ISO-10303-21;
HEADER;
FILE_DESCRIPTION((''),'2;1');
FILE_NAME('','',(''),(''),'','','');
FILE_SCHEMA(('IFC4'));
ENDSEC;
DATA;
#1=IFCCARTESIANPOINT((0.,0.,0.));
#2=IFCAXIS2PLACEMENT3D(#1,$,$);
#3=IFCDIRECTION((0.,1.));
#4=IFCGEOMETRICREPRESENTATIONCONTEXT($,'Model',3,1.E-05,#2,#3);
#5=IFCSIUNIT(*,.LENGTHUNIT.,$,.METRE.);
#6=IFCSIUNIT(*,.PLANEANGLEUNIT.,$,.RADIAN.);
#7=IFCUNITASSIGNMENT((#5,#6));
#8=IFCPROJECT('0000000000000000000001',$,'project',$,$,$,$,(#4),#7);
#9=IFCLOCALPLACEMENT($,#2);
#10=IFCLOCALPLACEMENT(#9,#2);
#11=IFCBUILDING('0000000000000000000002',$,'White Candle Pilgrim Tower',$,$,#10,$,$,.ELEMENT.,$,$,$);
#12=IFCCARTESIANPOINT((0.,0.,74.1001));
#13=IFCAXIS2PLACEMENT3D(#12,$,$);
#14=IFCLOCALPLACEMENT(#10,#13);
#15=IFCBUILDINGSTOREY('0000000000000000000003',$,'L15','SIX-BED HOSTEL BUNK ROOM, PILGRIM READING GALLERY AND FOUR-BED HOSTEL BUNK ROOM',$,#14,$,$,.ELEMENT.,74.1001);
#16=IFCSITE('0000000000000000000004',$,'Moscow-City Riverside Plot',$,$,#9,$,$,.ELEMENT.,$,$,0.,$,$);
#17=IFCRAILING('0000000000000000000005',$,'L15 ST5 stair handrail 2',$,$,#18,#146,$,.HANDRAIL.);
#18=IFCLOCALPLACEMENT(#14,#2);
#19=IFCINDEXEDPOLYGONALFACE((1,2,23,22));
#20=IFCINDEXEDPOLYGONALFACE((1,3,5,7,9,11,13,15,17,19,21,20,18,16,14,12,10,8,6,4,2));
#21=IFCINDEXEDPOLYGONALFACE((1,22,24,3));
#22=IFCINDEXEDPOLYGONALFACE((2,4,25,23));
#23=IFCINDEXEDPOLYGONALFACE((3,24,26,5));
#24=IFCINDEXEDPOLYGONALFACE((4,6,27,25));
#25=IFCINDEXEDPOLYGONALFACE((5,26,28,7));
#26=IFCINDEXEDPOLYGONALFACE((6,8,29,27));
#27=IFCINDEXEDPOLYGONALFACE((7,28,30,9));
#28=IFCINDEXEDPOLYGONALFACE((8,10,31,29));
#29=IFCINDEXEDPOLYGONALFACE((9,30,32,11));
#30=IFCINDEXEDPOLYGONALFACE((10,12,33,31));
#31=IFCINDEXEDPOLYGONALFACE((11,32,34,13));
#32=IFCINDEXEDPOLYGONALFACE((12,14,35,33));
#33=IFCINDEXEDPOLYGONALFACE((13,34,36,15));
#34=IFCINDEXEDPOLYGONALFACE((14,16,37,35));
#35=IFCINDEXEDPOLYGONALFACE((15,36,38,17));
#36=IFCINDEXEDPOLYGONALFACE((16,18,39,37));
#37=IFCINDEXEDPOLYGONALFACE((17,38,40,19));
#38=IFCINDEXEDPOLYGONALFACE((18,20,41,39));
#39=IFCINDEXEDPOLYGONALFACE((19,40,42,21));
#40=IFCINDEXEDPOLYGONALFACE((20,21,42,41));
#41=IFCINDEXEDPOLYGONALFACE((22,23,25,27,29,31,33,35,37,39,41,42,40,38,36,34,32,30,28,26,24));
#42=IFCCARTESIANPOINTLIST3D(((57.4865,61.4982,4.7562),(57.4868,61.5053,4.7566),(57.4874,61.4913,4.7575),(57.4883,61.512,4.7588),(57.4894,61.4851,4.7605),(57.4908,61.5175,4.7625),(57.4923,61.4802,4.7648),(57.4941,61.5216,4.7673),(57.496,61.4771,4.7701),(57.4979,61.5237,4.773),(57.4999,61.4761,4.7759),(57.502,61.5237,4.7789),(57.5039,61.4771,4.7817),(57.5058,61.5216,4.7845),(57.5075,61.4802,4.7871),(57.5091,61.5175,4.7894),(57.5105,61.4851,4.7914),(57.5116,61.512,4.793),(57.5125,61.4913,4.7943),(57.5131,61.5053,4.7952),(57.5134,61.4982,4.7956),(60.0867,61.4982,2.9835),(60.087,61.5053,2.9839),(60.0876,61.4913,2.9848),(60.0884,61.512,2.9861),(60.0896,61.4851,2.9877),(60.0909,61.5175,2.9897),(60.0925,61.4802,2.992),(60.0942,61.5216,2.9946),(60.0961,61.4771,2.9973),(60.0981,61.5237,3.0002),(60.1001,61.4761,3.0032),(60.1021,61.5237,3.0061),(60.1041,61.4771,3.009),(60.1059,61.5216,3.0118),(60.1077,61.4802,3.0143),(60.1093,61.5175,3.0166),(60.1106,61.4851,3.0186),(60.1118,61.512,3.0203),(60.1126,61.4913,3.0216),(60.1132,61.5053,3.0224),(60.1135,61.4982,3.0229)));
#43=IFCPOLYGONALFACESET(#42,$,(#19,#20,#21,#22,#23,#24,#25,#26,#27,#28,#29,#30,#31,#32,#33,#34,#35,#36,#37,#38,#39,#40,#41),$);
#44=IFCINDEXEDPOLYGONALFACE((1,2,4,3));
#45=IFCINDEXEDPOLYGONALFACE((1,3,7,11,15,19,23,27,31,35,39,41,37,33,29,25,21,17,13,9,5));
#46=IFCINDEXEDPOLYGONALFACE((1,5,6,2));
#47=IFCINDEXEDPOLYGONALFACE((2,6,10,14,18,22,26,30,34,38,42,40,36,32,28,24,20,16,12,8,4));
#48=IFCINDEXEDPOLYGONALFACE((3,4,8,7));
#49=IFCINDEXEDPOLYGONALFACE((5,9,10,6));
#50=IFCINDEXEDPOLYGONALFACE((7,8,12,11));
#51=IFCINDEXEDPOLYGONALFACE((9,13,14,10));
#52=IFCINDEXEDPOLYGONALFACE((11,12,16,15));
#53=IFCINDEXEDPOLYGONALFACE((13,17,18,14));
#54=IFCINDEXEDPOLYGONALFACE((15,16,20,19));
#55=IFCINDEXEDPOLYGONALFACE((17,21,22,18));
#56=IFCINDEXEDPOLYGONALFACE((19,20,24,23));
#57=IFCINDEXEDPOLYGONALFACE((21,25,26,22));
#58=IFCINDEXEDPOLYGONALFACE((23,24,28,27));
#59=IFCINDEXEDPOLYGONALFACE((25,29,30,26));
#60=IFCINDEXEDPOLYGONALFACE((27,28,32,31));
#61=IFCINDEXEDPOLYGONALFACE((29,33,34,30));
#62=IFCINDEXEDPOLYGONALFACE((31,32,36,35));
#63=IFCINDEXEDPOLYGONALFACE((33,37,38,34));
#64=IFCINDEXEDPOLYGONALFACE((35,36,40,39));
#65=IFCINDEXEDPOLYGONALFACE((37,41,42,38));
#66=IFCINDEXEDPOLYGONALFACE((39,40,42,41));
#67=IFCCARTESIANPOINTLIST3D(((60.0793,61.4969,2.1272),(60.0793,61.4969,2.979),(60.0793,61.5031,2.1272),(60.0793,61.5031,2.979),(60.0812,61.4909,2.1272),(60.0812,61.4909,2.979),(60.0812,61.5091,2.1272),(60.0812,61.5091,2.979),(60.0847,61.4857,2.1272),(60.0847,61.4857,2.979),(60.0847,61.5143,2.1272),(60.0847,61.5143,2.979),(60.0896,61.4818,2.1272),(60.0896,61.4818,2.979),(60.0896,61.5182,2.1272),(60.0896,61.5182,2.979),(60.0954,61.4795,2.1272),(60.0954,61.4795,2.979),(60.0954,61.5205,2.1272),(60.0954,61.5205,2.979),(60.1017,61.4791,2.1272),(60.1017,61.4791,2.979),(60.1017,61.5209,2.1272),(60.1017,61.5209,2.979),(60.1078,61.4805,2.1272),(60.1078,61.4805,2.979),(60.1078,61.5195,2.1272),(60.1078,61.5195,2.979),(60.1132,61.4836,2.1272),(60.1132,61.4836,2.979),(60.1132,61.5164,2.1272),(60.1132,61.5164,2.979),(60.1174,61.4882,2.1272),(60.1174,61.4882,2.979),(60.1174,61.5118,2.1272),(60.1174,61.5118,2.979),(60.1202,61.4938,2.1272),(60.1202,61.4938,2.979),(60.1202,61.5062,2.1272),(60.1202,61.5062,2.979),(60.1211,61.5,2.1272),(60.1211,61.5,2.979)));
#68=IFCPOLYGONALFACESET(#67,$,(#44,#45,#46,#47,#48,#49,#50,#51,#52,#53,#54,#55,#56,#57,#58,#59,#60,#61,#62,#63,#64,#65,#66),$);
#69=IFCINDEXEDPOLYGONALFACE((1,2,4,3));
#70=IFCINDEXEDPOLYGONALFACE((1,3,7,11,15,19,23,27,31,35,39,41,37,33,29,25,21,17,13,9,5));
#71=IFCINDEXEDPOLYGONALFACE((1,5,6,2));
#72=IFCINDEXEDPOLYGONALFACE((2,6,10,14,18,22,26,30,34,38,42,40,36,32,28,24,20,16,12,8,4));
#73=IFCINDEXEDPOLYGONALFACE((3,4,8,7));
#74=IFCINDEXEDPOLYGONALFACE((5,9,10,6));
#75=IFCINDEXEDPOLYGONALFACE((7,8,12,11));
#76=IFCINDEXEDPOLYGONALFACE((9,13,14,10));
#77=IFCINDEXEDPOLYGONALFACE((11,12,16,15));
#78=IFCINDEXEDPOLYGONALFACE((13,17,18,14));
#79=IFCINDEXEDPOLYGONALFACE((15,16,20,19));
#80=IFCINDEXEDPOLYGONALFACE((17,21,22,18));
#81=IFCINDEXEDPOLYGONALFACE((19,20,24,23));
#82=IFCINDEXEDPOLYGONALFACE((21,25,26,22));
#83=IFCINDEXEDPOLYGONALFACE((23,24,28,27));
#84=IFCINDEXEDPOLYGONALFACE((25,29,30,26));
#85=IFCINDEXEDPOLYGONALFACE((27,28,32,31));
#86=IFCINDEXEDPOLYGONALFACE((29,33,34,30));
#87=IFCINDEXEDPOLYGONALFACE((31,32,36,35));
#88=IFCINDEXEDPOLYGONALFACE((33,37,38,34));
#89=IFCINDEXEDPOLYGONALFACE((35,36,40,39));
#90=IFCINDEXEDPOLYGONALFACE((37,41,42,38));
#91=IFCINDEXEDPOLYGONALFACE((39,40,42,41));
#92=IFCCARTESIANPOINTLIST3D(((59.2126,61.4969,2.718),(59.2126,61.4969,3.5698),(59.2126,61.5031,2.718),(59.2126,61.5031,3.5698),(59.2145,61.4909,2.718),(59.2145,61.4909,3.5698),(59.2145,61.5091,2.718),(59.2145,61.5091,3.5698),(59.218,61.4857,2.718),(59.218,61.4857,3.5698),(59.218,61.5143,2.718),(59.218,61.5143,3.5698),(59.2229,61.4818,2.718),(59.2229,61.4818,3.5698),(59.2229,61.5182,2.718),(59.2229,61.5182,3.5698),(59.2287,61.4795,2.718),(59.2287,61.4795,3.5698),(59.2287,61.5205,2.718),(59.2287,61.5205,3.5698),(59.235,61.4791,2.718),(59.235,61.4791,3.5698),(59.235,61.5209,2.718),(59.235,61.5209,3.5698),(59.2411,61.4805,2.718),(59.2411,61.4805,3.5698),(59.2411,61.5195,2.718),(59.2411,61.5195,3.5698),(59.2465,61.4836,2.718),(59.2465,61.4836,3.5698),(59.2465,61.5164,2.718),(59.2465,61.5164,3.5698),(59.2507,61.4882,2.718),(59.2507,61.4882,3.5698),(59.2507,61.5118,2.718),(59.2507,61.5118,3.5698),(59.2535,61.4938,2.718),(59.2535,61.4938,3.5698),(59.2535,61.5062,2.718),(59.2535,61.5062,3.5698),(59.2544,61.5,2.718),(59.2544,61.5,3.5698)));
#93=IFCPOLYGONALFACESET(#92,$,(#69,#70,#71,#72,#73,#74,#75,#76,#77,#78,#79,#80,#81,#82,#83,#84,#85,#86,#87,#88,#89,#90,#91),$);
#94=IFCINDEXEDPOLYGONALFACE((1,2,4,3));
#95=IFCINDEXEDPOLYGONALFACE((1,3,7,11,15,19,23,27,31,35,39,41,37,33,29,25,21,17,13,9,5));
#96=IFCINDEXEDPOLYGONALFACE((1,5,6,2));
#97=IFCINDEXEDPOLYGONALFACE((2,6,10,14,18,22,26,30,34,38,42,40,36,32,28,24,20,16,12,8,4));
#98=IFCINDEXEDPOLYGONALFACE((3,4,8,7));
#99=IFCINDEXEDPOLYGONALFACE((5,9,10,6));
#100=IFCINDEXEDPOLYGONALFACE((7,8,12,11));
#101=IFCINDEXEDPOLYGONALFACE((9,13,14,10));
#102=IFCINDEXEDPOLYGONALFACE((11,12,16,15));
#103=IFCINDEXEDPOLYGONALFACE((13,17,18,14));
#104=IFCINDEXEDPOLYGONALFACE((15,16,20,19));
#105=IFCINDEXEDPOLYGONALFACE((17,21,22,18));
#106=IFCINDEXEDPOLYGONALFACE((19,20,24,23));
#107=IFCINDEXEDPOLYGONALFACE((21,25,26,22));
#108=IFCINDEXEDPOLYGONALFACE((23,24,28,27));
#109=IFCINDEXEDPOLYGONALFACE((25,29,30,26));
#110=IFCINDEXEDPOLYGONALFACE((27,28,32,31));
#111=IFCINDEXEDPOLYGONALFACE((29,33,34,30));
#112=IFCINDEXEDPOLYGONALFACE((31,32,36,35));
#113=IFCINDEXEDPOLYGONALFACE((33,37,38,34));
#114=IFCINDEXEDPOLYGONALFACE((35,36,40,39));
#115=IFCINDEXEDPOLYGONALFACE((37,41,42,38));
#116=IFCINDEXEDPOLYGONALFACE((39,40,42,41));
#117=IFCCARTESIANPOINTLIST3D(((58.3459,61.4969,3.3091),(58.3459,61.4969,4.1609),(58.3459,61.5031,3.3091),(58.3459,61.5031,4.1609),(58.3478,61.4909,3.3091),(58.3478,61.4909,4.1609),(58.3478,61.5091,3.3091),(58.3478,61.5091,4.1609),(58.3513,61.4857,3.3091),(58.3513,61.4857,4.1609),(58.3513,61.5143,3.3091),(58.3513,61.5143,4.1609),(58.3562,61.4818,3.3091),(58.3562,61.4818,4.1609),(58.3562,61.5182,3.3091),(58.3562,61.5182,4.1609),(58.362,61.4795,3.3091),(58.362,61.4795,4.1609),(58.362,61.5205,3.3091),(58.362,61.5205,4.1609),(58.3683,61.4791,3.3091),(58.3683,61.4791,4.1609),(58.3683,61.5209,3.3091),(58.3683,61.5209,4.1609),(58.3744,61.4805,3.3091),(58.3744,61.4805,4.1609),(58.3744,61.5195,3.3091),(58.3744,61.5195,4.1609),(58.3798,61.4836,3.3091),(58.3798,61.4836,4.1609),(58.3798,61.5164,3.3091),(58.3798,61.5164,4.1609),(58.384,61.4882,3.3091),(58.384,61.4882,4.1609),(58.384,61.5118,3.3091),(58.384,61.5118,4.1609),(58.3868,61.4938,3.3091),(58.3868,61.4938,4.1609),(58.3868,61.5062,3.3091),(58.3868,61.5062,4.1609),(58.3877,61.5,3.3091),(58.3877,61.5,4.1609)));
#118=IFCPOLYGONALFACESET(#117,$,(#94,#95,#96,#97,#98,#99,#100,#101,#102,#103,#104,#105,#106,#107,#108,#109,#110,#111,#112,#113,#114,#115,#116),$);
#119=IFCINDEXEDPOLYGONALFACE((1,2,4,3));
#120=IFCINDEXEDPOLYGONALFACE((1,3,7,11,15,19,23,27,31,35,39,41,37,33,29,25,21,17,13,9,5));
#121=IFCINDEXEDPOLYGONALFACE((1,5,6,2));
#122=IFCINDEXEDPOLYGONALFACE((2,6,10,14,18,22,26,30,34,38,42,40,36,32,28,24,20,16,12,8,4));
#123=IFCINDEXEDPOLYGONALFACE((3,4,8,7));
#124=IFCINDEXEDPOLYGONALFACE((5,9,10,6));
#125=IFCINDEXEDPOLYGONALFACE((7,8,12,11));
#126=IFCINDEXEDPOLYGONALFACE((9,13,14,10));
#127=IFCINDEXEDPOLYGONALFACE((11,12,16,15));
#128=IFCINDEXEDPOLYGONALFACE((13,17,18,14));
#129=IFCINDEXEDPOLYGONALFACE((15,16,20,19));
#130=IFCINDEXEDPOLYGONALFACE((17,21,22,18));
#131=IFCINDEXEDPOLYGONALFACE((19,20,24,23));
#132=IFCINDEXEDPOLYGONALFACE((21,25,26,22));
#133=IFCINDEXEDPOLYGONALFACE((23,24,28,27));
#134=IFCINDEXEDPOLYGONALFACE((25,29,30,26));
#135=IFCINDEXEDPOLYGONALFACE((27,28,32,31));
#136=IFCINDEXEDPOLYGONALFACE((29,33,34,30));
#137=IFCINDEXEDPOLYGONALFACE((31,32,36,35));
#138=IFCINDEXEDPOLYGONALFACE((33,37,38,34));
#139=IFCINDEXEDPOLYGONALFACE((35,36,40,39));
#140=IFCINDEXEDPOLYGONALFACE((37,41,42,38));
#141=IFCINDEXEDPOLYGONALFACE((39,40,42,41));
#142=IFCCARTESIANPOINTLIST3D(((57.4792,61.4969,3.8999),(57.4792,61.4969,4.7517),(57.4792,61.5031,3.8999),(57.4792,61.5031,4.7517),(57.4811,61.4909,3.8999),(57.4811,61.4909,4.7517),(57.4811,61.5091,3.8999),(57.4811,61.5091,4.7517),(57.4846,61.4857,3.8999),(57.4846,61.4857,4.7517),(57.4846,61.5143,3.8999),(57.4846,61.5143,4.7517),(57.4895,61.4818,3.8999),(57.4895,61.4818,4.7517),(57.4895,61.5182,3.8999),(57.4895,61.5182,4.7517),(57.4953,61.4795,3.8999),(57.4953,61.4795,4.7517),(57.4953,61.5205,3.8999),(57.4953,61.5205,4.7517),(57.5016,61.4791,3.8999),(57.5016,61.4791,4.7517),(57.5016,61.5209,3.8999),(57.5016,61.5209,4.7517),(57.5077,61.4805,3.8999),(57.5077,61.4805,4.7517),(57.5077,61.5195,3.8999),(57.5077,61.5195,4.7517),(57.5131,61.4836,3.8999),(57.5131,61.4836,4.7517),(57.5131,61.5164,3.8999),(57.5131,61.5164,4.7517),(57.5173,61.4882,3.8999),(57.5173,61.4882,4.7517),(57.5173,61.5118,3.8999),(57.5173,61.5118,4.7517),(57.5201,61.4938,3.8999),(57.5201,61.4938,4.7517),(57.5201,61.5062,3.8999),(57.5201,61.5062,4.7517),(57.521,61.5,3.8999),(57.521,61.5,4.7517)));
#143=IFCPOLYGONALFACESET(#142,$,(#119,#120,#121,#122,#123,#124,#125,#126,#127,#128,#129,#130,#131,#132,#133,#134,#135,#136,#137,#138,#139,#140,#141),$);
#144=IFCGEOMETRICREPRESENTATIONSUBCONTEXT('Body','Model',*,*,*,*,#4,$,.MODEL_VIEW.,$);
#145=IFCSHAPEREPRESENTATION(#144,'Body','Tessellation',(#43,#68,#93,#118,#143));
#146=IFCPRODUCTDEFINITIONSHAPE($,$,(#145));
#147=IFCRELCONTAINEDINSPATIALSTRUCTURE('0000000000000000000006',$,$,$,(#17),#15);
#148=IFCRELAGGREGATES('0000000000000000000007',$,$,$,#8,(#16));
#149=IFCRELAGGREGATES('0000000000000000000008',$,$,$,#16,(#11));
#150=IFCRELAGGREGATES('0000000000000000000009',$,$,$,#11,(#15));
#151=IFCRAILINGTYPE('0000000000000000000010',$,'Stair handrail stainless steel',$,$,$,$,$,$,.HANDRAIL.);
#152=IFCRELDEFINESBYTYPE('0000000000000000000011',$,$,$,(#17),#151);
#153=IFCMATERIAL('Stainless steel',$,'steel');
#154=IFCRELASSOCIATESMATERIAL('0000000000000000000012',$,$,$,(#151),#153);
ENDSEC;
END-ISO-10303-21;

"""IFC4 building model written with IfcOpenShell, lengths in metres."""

from ifc_helpers import new_model, si_unit, direction, frame, origin, origin_2d, place, context, subcontext, project, spatial, circle, extrude, material, type_object, element, save


model = new_model("IFC4")

# Units and contexts
model_context = context("Model", 3, precision=1e-05, world=origin(), true_north=direction((0.0, 1.0)))
body_context = subcontext(model_context, "Body", "Model", "MODEL_VIEW")
ifc_project = project(units=[si_unit("LENGTHUNIT", "METRE"), si_unit("PLANEANGLEUNIT", "RADIAN")], contexts=[model_context])

# Site, building, storey
site_placement = place(None, origin())
site = spatial("IfcSite", under=ifc_project, at=site_placement, Name="Moscow-City Riverside Plot", CompositionType="ELEMENT", RefElevation=0.0)
building_placement = place(site_placement, origin())
building = spatial("IfcBuilding", under=site, at=building_placement, Name="White Candle Pilgrim Tower", CompositionType="ELEMENT")
storey_placement = place(building_placement, frame((0.0, 0.0, 74.1001)))
storey = spatial("IfcBuildingStorey", under=building, at=storey_placement, Name="L15", Description="SIX-BED HOSTEL BUNK ROOM, PILGRIM READING GALLERY AND FOUR-BED HOSTEL BUNK ROOM", CompositionType="ELEMENT", Elevation=74.1001)

# Shared definitions
ifc_material_1 = material(Name="Stainless steel", Category="steel")

# Railing
railing_type_1 = type_object("IfcRailingType", Name="Stair handrail stainless steel", PredefinedType="HANDRAIL", material=ifc_material_1)
railing_1_placement = place(storey_placement, frame((60.1001, 61.5, 2.1272)))
element("IfcRailing", 1, at=railing_1_placement, inside=storey, type_object=railing_type_1, Name="L15 ST5 stair handrail 2", PredefinedType="HANDRAIL", context=body_context, shape_type="SweptSolid", body=[
    extrude(circle(Radius=0.0239, at=origin_2d()), frame((0.0, 0.0, 0.876), z_axis=(-0.82624, 0.0, 0.563318), x_axis=(0.0, -1.0, 0.0)), (0.0, 0.0, 1.0), 3.147),
    extrude(circle(Radius=0.021, at=origin_2d()), origin(), (0.0, 0.0, 1.0), 0.8518),
    extrude(circle(Radius=0.021, at=origin_2d()), frame((-0.8667, 0.0, 0.5908)), (0.0, 0.0, 1.0), 0.8518),
    extrude(circle(Radius=0.021, at=origin_2d()), frame((-1.7334, 0.0, 1.1819)), (0.0, 0.0, 1.0), 0.8518),
    extrude(circle(Radius=0.021, at=origin_2d()), frame((-2.6001, 0.0, 1.7727)), (0.0, 0.0, 1.0), 0.8518),
])

save(model, "model.ifc")
